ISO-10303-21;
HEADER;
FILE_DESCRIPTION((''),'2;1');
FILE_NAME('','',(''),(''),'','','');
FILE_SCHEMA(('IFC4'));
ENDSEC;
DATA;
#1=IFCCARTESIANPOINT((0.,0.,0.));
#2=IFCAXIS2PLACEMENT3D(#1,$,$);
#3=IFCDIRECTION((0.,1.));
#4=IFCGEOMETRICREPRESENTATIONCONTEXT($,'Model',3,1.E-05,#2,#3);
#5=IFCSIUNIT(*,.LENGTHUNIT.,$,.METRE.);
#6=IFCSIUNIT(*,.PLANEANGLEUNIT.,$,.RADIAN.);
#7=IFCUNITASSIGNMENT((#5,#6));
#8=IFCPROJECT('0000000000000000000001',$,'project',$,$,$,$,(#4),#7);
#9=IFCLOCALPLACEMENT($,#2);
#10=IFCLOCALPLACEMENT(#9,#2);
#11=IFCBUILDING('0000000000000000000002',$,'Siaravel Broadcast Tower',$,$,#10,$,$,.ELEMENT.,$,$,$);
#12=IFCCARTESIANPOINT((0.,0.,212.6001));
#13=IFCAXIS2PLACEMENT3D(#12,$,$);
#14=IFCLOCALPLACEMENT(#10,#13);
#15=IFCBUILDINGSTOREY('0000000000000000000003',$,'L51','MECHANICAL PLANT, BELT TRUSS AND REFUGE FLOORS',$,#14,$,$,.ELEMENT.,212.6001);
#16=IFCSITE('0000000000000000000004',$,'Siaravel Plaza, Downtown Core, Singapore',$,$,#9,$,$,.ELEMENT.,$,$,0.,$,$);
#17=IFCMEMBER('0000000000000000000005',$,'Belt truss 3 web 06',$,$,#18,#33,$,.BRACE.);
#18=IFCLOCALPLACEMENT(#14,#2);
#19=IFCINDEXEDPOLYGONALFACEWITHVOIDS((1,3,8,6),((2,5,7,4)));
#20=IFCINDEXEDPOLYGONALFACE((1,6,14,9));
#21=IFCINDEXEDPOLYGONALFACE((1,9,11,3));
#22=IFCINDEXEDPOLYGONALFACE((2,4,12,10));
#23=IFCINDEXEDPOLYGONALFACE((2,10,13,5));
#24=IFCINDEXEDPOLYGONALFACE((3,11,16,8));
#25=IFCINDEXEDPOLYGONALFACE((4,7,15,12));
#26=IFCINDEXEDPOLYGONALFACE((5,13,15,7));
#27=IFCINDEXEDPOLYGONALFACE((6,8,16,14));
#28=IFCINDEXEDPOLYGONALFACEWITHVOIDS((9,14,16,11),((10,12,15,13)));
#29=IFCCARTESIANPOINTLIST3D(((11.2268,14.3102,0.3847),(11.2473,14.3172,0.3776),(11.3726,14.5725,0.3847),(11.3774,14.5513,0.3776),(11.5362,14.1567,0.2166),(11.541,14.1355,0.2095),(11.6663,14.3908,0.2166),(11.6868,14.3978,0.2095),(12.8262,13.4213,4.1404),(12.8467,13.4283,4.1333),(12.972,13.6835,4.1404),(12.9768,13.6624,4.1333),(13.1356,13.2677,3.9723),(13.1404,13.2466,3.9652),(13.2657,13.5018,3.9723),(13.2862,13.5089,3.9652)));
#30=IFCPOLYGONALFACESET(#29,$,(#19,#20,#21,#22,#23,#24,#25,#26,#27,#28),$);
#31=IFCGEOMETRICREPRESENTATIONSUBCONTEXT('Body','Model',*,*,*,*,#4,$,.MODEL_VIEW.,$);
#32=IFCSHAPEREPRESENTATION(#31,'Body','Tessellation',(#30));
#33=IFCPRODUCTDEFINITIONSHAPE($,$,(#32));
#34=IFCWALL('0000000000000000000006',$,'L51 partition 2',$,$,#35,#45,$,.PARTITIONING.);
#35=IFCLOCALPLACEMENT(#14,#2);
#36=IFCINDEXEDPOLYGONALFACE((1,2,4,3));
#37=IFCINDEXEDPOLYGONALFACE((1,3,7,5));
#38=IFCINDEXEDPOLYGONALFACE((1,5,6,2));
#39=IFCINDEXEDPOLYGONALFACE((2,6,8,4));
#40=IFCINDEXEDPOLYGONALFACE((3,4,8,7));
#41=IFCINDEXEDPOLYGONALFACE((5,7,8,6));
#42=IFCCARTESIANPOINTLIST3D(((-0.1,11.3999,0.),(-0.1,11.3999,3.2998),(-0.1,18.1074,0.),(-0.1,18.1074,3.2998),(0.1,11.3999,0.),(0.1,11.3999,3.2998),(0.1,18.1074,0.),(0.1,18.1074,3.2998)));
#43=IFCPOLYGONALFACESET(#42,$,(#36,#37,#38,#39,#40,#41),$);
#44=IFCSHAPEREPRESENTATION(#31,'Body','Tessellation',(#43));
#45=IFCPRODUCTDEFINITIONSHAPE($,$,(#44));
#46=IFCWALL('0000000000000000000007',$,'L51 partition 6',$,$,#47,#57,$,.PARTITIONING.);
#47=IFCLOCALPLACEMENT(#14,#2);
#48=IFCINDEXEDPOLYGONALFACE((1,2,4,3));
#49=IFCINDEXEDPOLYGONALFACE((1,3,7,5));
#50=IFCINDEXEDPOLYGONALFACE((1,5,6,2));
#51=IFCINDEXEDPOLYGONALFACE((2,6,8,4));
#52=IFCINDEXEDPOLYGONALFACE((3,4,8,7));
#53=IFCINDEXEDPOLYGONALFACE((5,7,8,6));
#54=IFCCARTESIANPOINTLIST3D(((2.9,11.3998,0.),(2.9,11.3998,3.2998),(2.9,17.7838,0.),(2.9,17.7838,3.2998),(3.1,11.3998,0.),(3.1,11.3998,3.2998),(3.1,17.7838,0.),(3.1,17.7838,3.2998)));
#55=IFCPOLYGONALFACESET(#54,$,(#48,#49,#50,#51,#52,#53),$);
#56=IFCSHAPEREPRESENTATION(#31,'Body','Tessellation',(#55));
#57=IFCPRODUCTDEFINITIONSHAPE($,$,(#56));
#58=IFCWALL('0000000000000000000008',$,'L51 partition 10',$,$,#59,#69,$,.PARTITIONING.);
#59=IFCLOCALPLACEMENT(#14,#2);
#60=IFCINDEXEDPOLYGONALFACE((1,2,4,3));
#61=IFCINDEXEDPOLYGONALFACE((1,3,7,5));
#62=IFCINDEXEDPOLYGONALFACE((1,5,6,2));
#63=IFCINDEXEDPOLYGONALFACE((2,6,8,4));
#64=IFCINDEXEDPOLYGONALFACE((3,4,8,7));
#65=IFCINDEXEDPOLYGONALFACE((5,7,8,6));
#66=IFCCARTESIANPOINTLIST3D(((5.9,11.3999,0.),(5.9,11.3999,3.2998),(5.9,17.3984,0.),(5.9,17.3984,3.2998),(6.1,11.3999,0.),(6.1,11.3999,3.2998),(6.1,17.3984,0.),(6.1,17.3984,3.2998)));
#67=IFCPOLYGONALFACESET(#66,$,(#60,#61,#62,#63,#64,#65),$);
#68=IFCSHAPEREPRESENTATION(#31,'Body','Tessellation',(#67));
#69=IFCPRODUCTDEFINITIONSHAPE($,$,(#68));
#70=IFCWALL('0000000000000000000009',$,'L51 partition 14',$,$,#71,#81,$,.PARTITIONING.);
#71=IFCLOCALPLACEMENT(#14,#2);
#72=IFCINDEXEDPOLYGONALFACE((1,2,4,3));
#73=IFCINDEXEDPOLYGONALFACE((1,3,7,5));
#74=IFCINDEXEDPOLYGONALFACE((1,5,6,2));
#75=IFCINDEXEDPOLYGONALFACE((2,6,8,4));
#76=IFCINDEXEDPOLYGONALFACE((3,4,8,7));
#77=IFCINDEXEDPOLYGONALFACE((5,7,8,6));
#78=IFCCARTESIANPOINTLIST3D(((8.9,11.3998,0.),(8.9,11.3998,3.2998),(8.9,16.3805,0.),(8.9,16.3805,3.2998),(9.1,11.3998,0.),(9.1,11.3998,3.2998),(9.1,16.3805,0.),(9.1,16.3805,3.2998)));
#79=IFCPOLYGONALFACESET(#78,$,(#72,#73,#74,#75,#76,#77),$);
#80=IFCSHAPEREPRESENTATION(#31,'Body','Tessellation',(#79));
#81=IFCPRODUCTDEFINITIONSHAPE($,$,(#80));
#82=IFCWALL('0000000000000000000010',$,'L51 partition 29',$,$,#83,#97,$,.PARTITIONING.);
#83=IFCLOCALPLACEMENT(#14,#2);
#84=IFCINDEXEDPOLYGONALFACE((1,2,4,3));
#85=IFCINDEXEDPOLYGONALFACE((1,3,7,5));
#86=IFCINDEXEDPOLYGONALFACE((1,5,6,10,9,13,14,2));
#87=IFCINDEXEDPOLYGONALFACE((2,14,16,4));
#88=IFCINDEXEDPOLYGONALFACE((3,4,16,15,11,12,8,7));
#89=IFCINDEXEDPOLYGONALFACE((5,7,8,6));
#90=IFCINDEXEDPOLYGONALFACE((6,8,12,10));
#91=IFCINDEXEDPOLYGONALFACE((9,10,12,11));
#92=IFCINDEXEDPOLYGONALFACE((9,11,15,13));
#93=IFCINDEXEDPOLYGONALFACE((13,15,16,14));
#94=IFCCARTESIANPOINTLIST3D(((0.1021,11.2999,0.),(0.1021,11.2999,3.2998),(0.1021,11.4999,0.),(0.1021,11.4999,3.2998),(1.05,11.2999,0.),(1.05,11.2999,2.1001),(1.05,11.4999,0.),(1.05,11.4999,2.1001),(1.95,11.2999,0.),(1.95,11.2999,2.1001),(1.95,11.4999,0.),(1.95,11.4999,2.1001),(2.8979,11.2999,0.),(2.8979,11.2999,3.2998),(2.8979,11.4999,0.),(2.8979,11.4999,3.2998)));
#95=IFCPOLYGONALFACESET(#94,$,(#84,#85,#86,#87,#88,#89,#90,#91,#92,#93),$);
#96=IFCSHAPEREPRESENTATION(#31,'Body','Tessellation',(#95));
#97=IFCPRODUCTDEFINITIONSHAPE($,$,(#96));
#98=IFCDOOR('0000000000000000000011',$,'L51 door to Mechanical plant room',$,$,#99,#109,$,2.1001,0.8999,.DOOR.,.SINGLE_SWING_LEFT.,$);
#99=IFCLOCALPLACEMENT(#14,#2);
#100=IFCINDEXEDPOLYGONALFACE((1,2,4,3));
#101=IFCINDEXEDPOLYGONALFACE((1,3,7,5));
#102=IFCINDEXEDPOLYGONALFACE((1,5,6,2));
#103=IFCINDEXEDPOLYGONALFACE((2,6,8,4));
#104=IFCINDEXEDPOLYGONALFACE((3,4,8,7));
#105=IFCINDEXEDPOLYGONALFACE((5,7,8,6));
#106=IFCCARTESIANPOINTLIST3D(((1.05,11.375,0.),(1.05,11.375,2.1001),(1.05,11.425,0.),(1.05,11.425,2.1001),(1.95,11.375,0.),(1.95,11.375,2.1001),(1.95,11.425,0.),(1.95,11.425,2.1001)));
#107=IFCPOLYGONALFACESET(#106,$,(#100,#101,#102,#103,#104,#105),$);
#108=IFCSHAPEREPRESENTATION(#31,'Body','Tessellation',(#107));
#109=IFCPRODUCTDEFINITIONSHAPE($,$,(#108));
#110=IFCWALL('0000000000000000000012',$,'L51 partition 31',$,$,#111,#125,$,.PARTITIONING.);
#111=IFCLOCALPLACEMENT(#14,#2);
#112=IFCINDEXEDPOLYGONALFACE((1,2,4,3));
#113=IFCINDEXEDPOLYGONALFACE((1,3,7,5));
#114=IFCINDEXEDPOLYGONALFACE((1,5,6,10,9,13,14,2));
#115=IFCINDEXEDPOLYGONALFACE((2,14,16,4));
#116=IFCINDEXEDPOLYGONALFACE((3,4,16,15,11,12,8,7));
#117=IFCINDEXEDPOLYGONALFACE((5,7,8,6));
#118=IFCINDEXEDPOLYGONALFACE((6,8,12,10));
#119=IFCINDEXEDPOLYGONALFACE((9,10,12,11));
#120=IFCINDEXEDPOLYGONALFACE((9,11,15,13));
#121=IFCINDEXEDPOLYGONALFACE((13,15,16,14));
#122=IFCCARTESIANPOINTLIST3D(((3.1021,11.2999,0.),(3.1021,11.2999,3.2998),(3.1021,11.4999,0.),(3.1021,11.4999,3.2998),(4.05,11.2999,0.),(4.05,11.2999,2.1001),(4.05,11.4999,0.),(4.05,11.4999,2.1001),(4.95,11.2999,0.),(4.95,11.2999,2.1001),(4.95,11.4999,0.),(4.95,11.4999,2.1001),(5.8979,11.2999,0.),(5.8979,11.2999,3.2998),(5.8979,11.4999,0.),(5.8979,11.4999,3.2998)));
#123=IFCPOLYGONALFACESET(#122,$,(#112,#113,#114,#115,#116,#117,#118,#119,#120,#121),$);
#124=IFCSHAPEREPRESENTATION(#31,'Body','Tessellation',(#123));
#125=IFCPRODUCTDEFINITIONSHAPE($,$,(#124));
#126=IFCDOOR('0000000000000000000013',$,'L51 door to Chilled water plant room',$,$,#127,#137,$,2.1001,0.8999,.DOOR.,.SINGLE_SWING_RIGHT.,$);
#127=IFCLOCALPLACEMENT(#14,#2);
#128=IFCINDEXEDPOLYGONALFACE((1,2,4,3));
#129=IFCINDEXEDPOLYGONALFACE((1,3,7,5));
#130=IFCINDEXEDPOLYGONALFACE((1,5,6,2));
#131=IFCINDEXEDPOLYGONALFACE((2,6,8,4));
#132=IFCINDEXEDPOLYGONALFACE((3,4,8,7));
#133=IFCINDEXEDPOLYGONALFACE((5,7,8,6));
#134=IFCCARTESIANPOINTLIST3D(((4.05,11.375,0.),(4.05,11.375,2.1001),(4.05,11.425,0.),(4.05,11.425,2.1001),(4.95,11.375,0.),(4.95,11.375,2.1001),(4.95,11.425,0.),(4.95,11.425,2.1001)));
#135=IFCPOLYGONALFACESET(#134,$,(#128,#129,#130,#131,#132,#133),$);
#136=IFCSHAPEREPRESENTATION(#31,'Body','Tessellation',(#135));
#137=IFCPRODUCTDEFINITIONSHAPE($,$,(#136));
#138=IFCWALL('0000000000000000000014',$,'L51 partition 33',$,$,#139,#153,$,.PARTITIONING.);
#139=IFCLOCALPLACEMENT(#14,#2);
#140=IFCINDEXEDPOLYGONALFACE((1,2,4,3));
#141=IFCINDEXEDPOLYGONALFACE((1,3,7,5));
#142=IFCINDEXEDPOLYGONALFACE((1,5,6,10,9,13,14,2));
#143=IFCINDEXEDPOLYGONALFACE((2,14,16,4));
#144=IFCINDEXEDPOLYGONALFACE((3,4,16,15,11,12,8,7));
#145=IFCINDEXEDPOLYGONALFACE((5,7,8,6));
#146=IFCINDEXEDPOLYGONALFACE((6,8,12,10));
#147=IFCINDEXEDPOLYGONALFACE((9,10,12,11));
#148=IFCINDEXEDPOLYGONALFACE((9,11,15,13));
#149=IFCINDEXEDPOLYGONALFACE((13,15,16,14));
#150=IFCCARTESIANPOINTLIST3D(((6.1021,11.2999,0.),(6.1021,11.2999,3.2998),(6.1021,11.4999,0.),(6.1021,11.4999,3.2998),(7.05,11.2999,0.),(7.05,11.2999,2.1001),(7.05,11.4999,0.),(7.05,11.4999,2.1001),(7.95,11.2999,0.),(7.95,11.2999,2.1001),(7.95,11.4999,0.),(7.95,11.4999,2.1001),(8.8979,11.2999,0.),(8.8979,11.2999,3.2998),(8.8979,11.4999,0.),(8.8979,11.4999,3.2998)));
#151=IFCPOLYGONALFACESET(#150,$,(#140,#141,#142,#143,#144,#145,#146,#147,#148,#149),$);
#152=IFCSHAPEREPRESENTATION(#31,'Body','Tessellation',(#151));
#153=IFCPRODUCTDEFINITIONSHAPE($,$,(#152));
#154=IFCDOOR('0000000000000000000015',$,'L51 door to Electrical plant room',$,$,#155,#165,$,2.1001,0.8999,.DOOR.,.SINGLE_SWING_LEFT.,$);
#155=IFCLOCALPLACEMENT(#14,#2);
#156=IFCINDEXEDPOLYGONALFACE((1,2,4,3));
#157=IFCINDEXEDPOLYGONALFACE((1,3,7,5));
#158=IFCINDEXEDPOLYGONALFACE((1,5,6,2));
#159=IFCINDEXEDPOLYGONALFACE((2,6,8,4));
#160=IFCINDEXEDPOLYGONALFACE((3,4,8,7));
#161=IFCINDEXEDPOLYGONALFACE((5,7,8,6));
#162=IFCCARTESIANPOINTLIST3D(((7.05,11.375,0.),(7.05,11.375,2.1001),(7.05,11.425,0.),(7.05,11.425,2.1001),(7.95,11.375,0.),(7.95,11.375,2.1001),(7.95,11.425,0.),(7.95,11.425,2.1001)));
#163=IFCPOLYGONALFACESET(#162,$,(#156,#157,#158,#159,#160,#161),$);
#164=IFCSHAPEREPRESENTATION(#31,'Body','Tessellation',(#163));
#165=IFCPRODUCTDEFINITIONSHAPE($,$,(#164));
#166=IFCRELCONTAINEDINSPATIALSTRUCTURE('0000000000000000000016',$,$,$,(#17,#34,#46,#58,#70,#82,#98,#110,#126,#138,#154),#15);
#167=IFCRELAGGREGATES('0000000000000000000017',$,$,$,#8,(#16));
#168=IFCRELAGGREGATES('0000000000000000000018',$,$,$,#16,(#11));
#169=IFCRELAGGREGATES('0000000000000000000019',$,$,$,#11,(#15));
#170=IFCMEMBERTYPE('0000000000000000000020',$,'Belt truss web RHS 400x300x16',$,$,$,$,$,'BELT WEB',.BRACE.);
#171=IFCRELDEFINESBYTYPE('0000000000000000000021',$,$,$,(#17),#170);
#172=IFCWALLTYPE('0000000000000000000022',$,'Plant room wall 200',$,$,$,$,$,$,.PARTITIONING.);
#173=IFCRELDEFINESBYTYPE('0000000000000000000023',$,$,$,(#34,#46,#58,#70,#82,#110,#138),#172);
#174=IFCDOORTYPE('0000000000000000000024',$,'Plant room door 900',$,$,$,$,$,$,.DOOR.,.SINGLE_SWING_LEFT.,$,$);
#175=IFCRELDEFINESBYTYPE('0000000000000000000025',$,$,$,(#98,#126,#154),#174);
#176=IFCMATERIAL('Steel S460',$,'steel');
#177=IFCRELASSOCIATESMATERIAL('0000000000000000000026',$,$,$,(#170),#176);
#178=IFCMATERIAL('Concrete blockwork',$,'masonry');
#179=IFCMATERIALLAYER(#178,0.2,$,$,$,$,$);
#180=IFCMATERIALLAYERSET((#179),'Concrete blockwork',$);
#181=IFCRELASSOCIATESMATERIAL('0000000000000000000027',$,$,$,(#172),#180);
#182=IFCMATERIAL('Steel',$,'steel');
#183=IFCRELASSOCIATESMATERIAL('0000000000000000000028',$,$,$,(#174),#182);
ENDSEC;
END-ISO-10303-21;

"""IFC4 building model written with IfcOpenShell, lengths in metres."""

from ifc_helpers import new_model, si_unit, direction, frame, frame_2d, origin, origin_2d, place, context, subcontext, project, spatial, rectangle, hollow_rectangle, extrude, material, layer, layer_set, material_profile, profile_set, type_object, element, fill, save


model = new_model("IFC4")

# Units and contexts
model_context = context("Model", 3, precision=1e-05, world=origin(), true_north=direction((0.0, 1.0)))
body_context = subcontext(model_context, "Body", "Model", "MODEL_VIEW")
ifc_project = project(units=[si_unit("LENGTHUNIT", "METRE"), si_unit("PLANEANGLEUNIT", "RADIAN")], contexts=[model_context])

# Site, building, storey
site_placement = place(None, origin())
site = spatial("IfcSite", under=ifc_project, at=site_placement, Name="Siaravel Plaza, Downtown Core, Singapore", CompositionType="ELEMENT", RefElevation=0.0)
building_placement = place(site_placement, origin())
building = spatial("IfcBuilding", under=site, at=building_placement, Name="Siaravel Broadcast Tower", CompositionType="ELEMENT")
storey_placement = place(building_placement, frame((0.0, 0.0, 212.6001)))
storey = spatial("IfcBuildingStorey", under=building, at=storey_placement, Name="L51", Description="MECHANICAL PLANT, BELT TRUSS AND REFUGE FLOORS", CompositionType="ELEMENT", Elevation=212.6001)

# Member
ifc_material_1 = material(Name="Steel S460", Category="steel")
ifc_material_profile = material_profile(ifc_material_1, hollow_rectangle(XDim=0.3, YDim=0.3999, WallThickness=0.0161, at=origin_2d()))
ifc_profile_set = profile_set([ifc_material_profile], Name="Steel S460")
member_type = type_object("IfcMemberType", Name="Belt truss web RHS 400x300x16", ElementType="BELT WEB", PredefinedType="BRACE", material=ifc_profile_set)
member_placement = place(storey_placement, frame((11.4568, 14.354, 0.2971), z_axis=(0.382838, -0.212779, 0.898977), x_axis=(0.485802, 0.874069, 0.0)))
element("IfcMember", 1, at=member_placement, inside=storey, type_object=member_type, Name="Belt truss 3 web 06", PredefinedType="BRACE", context=body_context, shape_type="SweptSolid", body=[
    extrude(hollow_rectangle(XDim=0.3, YDim=0.3999, WallThickness=0.0161, at=origin_2d()), origin(), (0.0, 0.0, 1.0), 4.1777),
])

# Walls
ifc_material_2 = material(Name="Concrete blockwork", Category="masonry")
ifc_layer_1 = layer(ifc_material_2, 0.2)
ifc_layer_set_1 = layer_set([ifc_layer_1], Name="Concrete blockwork")
wall_type_1 = type_object("IfcWallType", Name="Plant room wall 200", PredefinedType="PARTITIONING", material=ifc_layer_set_1)
wall_1_placement = place(storey_placement, frame((0.0, 11.3999, 0.0), z_axis=(0.0, 0.0, 1.0), x_axis=(0.0, 1.0, 0.0)))
element("IfcWall", 2, at=wall_1_placement, inside=storey, type_object=wall_type_1, Name="L51 partition 2", PredefinedType="PARTITIONING", context=body_context, shape_type="SweptSolid", body=[
    extrude(rectangle(XDim=6.7075, YDim=0.2, at=frame_2d((3.3538, 0.0))), origin(), (0.0, 0.0, 1.0), 3.2998),
])
wall_2_placement = place(storey_placement, frame((3.0, 11.3999, 0.0), z_axis=(0.0, 0.0, 1.0), x_axis=(0.0, 1.0, 0.0)))
element("IfcWall", 3, at=wall_2_placement, inside=storey, type_object=wall_type_1, Name="L51 partition 6", PredefinedType="PARTITIONING", context=body_context, shape_type="SweptSolid", body=[
    extrude(rectangle(XDim=6.384, YDim=0.2, at=frame_2d((3.1919, 0.0))), origin(), (0.0, 0.0, 1.0), 3.2998),
])
wall_3_placement = place(storey_placement, frame((6.0, 11.3999, 0.0), z_axis=(0.0, 0.0, 1.0), x_axis=(0.0, 1.0, 0.0)))
element("IfcWall", 4, at=wall_3_placement, inside=storey, type_object=wall_type_1, Name="L51 partition 10", PredefinedType="PARTITIONING", context=body_context, shape_type="SweptSolid", body=[
    extrude(rectangle(XDim=5.9985, YDim=0.2, at=frame_2d((2.9993, 0.0))), origin(), (0.0, 0.0, 1.0), 3.2998),
])
wall_4_placement = place(storey_placement, frame((9.0, 11.3999, 0.0), z_axis=(0.0, 0.0, 1.0), x_axis=(0.0, 1.0, 0.0)))
element("IfcWall", 5, at=wall_4_placement, inside=storey, type_object=wall_type_1, Name="L51 partition 14", PredefinedType="PARTITIONING", context=body_context, shape_type="SweptSolid", body=[
    extrude(rectangle(XDim=4.9807, YDim=0.2, at=frame_2d((2.4902, 0.0))), origin(), (0.0, 0.0, 1.0), 3.2998),
])

# Walls, openings, doors
wall_5_placement = place(storey_placement, frame((2.8979, 11.3999, 0.0), z_axis=(0.0, 0.0, 1.0), x_axis=(-1.0, 0.0, 0.0)))
wall_5 = element("IfcWall", 6, at=wall_5_placement, inside=storey, type_object=wall_type_1, Name="L51 partition 29", PredefinedType="PARTITIONING", context=body_context, shape_type="SweptSolid", body=[
    extrude(rectangle(XDim=2.7959, YDim=0.2, at=frame_2d((1.3979, 0.0))), origin(), (0.0, 0.0, 1.0), 3.2998),
])
opening_1_placement = place(wall_5_placement, frame((0.948, 0.0, 0.0)))
opening_1 = element("IfcOpeningElement", 7, at=opening_1_placement, cuts=wall_5, PredefinedType="OPENING", context=body_context, shape_type="SweptSolid", body=[
    extrude(rectangle(XDim=0.8999, YDim=2.1001, at=frame_2d((0.45, 1.05))), frame((0.0, 0.1099, 0.0), z_axis=(0.0, -1.0, 0.0), x_axis=(1.0, 0.0, 0.0)), (0.0, 0.0, 1.0), 0.22),
])
ifc_material_3 = material(Name="Steel", Category="steel")
door_type_1 = type_object("IfcDoorType", Name="Plant room door 900", OperationType="SINGLE_SWING_LEFT", PredefinedType="DOOR", material=ifc_material_3)
door_1_placement = place(opening_1_placement, origin())
door_1 = element("IfcDoor", 8, at=door_1_placement, inside=storey, type_object=door_type_1, Name="L51 door to Mechanical plant room", OperationType="SINGLE_SWING_LEFT", OverallHeight=2.1001, OverallWidth=0.8999, PredefinedType="DOOR", context=body_context, shape_type="SweptSolid", body=[
    extrude(rectangle(XDim=0.8999, YDim=2.1001, at=frame_2d((0.45, 1.05))), frame((0.0, 0.0249, 0.0), z_axis=(0.0, -1.0, 0.0), x_axis=(1.0, 0.0, 0.0)), (0.0, 0.0, 1.0), 0.05),
])
fill(opening_1, door_1)
wall_6_placement = place(storey_placement, frame((5.8979, 11.3999, 0.0), z_axis=(0.0, 0.0, 1.0), x_axis=(-1.0, 0.0, 0.0)))
wall_6 = element("IfcWall", 9, at=wall_6_placement, inside=storey, type_object=wall_type_1, Name="L51 partition 31", PredefinedType="PARTITIONING", context=body_context, shape_type="SweptSolid", body=[
    extrude(rectangle(XDim=2.7959, YDim=0.2, at=frame_2d((1.3979, 0.0))), origin(), (0.0, 0.0, 1.0), 3.2998),
])
opening_2_placement = place(wall_6_placement, frame((0.948, 0.0, 0.0)))
opening_2 = element("IfcOpeningElement", 10, at=opening_2_placement, cuts=wall_6, PredefinedType="OPENING", context=body_context, shape_type="SweptSolid", body=[
    extrude(rectangle(XDim=0.8999, YDim=2.1001, at=frame_2d((0.45, 1.05))), frame((0.0, 0.1099, 0.0), z_axis=(0.0, -1.0, 0.0), x_axis=(1.0, 0.0, 0.0)), (0.0, 0.0, 1.0), 0.22),
])
door_2_placement = place(opening_2_placement, origin())
door_2 = element("IfcDoor", 11, at=door_2_placement, inside=storey, type_object=door_type_1, Name="L51 door to Chilled water plant room", OperationType="SINGLE_SWING_RIGHT", OverallHeight=2.1001, OverallWidth=0.8999, PredefinedType="DOOR", context=body_context, shape_type="SweptSolid", body=[
    extrude(rectangle(XDim=0.8999, YDim=2.1001, at=frame_2d((0.45, 1.05))), frame((0.0, 0.0249, 0.0), z_axis=(0.0, -1.0, 0.0), x_axis=(1.0, 0.0, 0.0)), (0.0, 0.0, 1.0), 0.05),
])
fill(opening_2, door_2)
wall_7_placement = place(storey_placement, frame((8.8979, 11.3999, 0.0), z_axis=(0.0, 0.0, 1.0), x_axis=(-1.0, 0.0, 0.0)))
wall_7 = element("IfcWall", 12, at=wall_7_placement, inside=storey, type_object=wall_type_1, Name="L51 partition 33", PredefinedType="PARTITIONING", context=body_context, shape_type="SweptSolid", body=[
    extrude(rectangle(XDim=2.7959, YDim=0.2, at=frame_2d((1.3979, 0.0))), origin(), (0.0, 0.0, 1.0), 3.2998),
])
opening_3_placement = place(wall_7_placement, frame((0.948, 0.0, 0.0)))
opening_3 = element("IfcOpeningElement", 13, at=opening_3_placement, cuts=wall_7, PredefinedType="OPENING", context=body_context, shape_type="SweptSolid", body=[
    extrude(rectangle(XDim=0.8999, YDim=2.1001, at=frame_2d((0.45, 1.05))), frame((0.0, 0.1099, 0.0), z_axis=(0.0, -1.0, 0.0), x_axis=(1.0, 0.0, 0.0)), (0.0, 0.0, 1.0), 0.22),
])
door_3_placement = place(opening_3_placement, origin())
door_3 = element("IfcDoor", 14, at=door_3_placement, inside=storey, type_object=door_type_1, Name="L51 door to Electrical plant room", OperationType="SINGLE_SWING_LEFT", OverallHeight=2.1001, OverallWidth=0.8999, PredefinedType="DOOR", context=body_context, shape_type="SweptSolid", body=[
    extrude(rectangle(XDim=0.8999, YDim=2.1001, at=frame_2d((0.45, 1.05))), frame((0.0, 0.0249, 0.0), z_axis=(0.0, -1.0, 0.0), x_axis=(1.0, 0.0, 0.0)), (0.0, 0.0, 1.0), 0.05),
])
fill(opening_3, door_3)

save(model, "model.ifc")
